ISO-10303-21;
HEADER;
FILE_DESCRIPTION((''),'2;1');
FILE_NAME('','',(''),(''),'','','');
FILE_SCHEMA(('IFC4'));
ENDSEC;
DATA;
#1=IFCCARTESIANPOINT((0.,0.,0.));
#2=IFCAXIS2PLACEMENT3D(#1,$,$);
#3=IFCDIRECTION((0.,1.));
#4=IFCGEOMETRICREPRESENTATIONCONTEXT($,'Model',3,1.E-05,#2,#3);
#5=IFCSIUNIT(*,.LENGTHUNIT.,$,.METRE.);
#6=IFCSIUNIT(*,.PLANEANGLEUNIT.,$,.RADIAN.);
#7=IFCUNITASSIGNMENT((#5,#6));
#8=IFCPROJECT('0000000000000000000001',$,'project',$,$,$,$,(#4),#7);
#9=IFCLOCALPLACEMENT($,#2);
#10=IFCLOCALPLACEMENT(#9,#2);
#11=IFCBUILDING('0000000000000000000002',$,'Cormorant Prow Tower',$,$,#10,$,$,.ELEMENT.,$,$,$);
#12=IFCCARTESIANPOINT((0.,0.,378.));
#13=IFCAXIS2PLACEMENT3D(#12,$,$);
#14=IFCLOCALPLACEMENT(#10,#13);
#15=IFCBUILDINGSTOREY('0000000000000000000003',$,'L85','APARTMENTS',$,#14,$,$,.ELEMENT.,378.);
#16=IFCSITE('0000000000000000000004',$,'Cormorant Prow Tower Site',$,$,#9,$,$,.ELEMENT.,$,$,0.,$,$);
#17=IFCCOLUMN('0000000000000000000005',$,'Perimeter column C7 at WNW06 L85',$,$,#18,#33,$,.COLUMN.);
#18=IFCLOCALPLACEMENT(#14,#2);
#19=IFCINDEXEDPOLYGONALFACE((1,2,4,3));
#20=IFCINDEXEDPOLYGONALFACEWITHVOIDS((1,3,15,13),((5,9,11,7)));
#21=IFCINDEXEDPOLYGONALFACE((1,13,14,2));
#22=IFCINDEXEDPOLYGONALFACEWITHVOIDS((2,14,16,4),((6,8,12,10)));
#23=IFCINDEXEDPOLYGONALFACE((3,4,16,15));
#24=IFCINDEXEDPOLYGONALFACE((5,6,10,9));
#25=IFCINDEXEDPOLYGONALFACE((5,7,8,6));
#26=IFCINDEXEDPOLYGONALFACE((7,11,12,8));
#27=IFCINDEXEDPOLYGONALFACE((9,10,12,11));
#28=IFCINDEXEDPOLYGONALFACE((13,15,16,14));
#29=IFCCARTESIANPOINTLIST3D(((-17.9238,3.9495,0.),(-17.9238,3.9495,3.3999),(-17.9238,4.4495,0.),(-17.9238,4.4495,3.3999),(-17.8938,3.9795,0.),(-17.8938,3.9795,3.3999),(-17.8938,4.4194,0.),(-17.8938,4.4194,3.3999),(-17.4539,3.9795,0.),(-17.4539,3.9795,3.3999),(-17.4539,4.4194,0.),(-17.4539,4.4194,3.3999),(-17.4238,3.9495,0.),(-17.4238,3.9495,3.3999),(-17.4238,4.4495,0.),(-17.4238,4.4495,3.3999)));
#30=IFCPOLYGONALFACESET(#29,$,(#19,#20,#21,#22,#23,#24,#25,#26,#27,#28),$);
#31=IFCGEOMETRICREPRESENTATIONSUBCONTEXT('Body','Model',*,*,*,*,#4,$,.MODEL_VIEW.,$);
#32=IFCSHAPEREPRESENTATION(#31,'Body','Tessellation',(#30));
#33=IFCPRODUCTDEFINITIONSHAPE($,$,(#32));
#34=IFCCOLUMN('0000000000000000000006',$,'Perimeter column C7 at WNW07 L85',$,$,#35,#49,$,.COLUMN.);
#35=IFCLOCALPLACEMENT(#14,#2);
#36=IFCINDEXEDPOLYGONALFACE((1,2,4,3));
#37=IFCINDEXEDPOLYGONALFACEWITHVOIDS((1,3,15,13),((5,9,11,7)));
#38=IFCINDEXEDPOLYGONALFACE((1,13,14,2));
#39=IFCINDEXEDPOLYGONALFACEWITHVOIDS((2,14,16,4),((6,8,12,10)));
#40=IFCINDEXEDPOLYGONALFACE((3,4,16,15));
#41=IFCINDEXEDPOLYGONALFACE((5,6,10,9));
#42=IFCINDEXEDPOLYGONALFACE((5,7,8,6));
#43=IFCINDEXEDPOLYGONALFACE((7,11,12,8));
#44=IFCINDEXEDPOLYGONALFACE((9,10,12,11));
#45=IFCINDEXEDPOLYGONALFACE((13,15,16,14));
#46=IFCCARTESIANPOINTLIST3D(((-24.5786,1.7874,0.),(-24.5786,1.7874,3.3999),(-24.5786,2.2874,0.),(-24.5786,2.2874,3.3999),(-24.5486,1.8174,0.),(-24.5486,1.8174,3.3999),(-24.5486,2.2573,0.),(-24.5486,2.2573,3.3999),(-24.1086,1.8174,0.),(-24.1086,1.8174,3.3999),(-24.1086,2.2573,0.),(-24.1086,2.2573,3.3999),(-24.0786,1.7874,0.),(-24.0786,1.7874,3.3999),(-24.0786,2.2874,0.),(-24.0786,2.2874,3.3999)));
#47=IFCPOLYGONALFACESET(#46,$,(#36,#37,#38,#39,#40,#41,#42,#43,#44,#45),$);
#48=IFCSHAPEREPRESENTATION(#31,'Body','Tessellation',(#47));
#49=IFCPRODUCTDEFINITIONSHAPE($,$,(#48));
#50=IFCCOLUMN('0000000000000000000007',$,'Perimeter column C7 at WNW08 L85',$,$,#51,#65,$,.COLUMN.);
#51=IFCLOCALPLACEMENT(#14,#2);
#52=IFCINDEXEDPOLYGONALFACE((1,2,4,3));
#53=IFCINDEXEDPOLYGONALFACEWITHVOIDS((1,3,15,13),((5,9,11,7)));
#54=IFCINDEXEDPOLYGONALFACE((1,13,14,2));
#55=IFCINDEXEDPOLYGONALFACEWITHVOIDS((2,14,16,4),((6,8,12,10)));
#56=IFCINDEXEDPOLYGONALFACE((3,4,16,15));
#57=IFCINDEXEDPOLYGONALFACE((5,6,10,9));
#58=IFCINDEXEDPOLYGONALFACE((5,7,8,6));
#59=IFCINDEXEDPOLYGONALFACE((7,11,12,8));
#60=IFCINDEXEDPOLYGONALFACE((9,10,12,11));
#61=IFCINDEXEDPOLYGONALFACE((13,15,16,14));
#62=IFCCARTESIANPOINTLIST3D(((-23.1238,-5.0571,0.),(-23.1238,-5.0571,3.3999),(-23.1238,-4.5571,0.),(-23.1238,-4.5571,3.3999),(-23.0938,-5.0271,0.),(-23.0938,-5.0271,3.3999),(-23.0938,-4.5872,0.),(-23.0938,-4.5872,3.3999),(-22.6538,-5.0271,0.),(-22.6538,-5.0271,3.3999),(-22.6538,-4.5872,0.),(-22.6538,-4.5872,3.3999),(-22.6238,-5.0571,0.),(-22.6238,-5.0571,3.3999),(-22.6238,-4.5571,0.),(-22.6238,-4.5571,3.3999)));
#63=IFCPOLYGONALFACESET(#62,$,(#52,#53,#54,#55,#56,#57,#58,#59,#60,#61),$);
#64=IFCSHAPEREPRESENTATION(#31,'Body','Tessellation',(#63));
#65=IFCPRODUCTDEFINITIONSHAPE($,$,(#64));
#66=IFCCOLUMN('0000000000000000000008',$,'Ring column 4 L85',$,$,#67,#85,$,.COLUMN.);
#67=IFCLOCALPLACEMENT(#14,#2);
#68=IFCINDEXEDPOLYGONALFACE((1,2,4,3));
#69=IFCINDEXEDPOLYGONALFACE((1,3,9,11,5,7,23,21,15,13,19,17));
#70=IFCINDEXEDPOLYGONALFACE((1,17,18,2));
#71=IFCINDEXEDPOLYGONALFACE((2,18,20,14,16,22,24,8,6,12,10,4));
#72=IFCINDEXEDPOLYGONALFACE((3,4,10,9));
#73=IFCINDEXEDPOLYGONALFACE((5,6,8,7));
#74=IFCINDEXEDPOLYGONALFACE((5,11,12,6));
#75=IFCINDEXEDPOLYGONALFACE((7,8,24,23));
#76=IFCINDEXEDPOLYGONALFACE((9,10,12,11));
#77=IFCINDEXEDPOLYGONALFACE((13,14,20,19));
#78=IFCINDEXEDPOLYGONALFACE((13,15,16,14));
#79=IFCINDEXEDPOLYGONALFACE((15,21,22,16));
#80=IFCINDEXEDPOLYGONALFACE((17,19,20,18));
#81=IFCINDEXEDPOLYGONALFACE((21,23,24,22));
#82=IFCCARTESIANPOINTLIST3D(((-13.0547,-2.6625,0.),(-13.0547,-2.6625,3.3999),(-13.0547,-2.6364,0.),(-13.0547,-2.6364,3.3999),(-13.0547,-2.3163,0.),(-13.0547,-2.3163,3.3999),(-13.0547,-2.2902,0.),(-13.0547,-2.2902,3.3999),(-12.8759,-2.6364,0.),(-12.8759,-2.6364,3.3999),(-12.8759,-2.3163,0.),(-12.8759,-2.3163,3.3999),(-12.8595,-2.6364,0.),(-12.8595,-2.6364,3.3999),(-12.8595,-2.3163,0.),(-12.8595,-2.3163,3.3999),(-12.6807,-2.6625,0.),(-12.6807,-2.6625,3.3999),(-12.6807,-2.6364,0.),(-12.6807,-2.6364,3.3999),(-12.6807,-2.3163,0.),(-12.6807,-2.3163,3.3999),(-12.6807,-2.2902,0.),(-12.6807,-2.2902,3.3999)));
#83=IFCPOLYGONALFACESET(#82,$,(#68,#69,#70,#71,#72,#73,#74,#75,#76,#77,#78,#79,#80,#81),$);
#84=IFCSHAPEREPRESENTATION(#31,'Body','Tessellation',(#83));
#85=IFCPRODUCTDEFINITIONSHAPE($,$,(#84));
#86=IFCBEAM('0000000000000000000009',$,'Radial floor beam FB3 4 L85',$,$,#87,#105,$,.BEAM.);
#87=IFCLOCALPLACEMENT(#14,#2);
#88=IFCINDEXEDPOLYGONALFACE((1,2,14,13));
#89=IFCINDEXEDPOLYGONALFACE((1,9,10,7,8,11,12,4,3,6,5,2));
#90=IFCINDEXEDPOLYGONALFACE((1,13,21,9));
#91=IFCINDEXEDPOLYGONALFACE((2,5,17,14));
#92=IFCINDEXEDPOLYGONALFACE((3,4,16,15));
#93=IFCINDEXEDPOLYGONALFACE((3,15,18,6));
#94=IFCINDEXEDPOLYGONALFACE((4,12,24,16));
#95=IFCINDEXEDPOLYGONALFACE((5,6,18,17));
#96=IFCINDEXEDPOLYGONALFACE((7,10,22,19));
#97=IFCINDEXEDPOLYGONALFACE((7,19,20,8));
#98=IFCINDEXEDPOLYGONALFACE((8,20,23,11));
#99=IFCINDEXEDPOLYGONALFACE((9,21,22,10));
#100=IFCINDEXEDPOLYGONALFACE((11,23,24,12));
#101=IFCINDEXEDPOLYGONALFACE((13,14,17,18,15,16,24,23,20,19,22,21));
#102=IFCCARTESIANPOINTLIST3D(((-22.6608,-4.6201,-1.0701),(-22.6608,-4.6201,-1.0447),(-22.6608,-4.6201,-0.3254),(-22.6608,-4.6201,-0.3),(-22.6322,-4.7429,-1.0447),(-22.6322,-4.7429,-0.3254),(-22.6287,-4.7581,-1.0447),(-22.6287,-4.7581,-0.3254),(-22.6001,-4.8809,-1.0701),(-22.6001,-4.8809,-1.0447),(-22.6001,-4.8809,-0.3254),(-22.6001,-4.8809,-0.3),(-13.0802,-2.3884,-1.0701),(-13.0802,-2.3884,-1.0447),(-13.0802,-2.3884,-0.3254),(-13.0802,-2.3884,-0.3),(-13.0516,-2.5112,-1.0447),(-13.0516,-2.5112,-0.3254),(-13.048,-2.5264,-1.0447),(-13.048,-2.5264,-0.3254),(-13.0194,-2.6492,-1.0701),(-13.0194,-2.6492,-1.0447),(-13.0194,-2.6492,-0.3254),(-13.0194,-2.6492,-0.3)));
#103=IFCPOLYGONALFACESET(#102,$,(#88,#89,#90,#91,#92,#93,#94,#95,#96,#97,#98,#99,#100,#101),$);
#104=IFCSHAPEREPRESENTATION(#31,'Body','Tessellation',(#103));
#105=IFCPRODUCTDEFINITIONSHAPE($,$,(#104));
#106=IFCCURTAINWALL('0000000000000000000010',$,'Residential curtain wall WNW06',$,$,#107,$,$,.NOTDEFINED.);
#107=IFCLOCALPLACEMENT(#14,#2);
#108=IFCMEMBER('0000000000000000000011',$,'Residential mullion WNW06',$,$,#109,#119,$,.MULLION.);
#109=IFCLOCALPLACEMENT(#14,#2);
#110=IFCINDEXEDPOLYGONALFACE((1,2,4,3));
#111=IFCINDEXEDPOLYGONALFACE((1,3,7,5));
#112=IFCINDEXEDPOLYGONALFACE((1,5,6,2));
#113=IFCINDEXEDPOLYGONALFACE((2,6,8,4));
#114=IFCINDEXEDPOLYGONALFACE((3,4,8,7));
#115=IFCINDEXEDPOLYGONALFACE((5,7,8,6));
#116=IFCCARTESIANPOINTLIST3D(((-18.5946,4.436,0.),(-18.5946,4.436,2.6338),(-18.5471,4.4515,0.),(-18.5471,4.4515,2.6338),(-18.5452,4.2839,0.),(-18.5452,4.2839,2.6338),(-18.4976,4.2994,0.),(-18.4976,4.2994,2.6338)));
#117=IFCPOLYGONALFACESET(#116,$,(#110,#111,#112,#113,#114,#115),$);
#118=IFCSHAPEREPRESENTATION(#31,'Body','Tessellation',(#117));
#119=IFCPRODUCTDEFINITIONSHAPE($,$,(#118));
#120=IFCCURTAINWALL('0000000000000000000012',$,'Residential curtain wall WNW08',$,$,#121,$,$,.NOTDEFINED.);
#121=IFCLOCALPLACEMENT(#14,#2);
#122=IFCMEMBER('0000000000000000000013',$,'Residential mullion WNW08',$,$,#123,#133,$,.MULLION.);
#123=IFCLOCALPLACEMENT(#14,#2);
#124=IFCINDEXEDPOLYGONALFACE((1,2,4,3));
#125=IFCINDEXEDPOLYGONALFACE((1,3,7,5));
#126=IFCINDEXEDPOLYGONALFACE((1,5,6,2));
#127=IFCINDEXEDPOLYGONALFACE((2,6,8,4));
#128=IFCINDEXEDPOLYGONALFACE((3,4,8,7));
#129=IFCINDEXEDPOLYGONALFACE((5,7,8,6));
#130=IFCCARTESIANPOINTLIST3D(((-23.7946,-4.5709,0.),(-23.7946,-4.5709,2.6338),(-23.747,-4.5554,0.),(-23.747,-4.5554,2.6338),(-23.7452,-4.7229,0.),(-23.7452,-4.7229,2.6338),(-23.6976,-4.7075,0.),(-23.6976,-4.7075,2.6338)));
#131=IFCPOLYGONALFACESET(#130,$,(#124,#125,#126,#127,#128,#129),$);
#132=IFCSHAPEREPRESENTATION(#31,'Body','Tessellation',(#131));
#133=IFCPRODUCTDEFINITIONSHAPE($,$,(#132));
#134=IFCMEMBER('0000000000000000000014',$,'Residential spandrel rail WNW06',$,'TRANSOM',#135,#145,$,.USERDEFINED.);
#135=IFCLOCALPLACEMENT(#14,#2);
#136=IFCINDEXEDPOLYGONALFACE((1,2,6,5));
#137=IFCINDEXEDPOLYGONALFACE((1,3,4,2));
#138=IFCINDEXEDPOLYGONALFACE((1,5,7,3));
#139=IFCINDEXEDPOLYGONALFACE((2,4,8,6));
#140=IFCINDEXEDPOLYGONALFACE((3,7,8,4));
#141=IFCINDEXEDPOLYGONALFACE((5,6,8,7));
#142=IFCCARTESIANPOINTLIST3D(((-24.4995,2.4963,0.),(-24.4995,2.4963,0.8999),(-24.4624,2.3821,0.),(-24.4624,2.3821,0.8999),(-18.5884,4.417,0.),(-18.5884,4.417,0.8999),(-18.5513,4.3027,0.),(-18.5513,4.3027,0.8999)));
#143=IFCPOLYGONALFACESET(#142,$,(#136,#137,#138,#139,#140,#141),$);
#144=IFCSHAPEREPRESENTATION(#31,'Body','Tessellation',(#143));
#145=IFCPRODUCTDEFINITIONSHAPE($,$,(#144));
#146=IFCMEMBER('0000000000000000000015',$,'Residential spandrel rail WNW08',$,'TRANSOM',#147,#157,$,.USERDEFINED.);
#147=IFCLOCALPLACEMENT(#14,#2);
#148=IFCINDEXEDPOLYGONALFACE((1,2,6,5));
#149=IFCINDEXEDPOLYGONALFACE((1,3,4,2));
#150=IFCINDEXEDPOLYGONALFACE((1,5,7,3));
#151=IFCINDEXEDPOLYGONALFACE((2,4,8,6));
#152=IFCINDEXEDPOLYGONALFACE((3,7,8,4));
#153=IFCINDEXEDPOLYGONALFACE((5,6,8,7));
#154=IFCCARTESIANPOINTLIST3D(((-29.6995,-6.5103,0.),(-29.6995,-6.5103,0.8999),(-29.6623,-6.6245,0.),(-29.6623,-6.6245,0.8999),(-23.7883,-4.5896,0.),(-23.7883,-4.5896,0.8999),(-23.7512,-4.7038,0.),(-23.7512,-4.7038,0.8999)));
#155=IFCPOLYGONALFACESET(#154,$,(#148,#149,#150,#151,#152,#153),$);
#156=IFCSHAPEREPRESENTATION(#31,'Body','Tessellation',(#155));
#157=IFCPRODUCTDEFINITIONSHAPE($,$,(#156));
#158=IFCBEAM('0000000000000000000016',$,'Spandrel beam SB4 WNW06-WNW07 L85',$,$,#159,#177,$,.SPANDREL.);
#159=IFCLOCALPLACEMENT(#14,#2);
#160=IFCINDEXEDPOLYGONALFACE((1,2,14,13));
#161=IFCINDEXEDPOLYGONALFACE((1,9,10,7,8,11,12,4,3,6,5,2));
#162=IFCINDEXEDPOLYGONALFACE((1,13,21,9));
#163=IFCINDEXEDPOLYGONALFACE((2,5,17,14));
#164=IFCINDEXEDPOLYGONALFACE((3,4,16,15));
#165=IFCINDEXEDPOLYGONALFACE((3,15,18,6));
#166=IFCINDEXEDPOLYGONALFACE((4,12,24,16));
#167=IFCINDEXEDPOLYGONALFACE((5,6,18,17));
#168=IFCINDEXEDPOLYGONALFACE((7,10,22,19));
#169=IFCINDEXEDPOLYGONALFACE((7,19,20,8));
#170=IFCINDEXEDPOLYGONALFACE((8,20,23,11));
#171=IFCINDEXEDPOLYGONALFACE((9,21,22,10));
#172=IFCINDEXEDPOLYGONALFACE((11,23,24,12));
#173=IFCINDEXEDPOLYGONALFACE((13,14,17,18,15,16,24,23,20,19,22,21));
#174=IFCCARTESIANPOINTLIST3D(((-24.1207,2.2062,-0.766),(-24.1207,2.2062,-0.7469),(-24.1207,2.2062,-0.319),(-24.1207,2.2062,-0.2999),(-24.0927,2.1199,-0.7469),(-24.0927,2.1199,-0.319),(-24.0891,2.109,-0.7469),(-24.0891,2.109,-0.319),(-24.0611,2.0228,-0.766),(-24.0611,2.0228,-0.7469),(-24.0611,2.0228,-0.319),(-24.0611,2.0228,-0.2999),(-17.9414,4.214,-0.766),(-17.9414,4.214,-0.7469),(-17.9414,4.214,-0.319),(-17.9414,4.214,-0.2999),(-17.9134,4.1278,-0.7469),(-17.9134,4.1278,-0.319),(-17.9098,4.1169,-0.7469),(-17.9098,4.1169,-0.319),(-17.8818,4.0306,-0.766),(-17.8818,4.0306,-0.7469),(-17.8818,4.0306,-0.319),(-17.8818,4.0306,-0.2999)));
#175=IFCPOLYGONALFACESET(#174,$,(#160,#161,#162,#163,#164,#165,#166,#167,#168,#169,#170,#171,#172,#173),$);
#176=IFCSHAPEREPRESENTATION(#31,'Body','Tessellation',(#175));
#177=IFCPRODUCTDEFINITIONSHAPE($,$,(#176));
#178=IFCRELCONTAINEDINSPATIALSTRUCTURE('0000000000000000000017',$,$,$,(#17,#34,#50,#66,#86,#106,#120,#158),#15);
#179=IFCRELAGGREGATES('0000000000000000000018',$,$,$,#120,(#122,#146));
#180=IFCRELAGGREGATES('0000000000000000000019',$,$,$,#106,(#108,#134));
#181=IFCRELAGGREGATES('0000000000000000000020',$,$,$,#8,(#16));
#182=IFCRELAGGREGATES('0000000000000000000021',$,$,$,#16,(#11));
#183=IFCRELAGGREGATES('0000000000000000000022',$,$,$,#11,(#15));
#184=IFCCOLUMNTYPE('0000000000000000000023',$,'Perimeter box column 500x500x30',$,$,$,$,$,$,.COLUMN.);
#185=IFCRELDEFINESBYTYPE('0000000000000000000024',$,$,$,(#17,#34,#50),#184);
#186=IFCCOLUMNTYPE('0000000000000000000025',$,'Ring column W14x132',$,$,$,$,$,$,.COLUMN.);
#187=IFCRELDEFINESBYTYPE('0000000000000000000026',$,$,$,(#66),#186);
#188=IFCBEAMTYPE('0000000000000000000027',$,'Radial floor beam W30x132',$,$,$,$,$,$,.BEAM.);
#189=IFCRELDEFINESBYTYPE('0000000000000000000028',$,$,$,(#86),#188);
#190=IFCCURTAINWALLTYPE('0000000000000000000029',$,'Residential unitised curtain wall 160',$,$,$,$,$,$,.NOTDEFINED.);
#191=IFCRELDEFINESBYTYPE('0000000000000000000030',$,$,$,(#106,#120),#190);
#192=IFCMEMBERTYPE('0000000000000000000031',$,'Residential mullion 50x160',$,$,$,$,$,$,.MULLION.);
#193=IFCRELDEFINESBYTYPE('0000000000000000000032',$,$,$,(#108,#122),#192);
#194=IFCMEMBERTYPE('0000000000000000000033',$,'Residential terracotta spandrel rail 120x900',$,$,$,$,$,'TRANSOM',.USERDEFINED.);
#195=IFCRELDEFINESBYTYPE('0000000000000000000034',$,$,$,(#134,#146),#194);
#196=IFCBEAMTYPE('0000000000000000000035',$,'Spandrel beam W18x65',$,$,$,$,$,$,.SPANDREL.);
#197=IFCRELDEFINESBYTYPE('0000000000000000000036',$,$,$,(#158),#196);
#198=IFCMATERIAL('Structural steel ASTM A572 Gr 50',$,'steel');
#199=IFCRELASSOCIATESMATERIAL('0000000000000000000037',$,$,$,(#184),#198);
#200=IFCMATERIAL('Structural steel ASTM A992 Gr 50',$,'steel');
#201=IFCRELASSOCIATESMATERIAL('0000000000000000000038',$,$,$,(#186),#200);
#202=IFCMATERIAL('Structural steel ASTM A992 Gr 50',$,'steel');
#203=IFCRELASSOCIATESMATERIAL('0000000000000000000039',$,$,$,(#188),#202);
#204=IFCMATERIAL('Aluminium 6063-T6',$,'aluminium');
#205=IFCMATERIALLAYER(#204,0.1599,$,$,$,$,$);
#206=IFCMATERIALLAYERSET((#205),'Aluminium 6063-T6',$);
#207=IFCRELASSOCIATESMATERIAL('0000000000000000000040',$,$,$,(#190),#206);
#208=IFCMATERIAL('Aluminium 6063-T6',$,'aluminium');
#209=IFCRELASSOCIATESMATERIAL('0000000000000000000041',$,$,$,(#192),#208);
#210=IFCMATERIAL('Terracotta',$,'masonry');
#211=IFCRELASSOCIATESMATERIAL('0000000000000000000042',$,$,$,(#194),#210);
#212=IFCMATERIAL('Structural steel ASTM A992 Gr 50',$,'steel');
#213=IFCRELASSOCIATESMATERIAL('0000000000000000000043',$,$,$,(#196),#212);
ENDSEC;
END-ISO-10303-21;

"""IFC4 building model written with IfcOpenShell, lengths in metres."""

from ifc_helpers import new_model, si_unit, direction, frame, origin, origin_2d, place, context, subcontext, project, spatial, rectangle, hollow_rectangle, i_section, extrude, material, layer, layer_set, material_profile, profile_set, type_object, element, aggregate, save


model = new_model("IFC4")

# Units and contexts
model_context = context("Model", 3, precision=1e-05, world=origin(), true_north=direction((0.0, 1.0)))
body_context = subcontext(model_context, "Body", "Model", "MODEL_VIEW")
ifc_project = project(units=[si_unit("LENGTHUNIT", "METRE"), si_unit("PLANEANGLEUNIT", "RADIAN")], contexts=[model_context])

# Site, building, storey
site_placement = place(None, origin())
site = spatial("IfcSite", under=ifc_project, at=site_placement, Name="Cormorant Prow Tower Site", CompositionType="ELEMENT", RefElevation=0.0)
building_placement = place(site_placement, origin())
building = spatial("IfcBuilding", under=site, at=building_placement, Name="Cormorant Prow Tower", CompositionType="ELEMENT")
storey_placement = place(building_placement, frame((0.0, 0.0, 378.0)))
storey = spatial("IfcBuildingStorey", under=building, at=storey_placement, Name="L85", Description="APARTMENTS", CompositionType="ELEMENT", Elevation=378.0)

# Columns
ifc_material_1 = material(Name="Structural steel ASTM A572 Gr 50", Category="steel")
ifc_material_profile_1 = material_profile(ifc_material_1, hollow_rectangle(XDim=0.5, YDim=0.5, WallThickness=0.03, at=origin_2d()), Name="Box 500x500x30")
ifc_profile_set_1 = profile_set([ifc_material_profile_1], Name="Structural steel ASTM A572 Gr 50")
column_type_1 = type_object("IfcColumnType", Name="Perimeter box column 500x500x30", PredefinedType="COLUMN", material=ifc_profile_set_1)
for number, where, z_axis, x_axis, name in (
    (1, (-17.6738, 4.1995, 0.0), (0.0, 0.0, 1.0), (1.0, 0.0, 0.0), "Perimeter column C7 at WNW06 L85"),
    (2, (-24.3286, 2.0374, 0.0), (0.0, 0.0, 1.0), (1.0, 0.0, 0.0), "Perimeter column C7 at WNW07 L85"),
    (3, (-22.8738, -4.8071, 0.0), (0.0, 0.0, 1.0), (1.0, 0.0, 0.0), "Perimeter column C7 at WNW08 L85"),
):
    element("IfcColumn", number, at=place(storey_placement, frame(where, z_axis=z_axis, x_axis=x_axis)), inside=storey, type_object=column_type_1, Name=name, PredefinedType="COLUMN", context=body_context, shape_type="SweptSolid", body=[
        extrude(hollow_rectangle(XDim=0.5, YDim=0.5, WallThickness=0.03, at=origin_2d()), origin(), (0.0, 0.0, 1.0), 3.3999),
    ])
ifc_material_2 = material(Name="Structural steel ASTM A992 Gr 50", Category="steel")
ifc_material_profile_2 = material_profile(ifc_material_2, i_section(OverallWidth=0.374, OverallDepth=0.3723, WebThickness=0.0164, FlangeThickness=0.0261, at=origin_2d()), Name="W14x132")
ifc_profile_set_2 = profile_set([ifc_material_profile_2], Name="Structural steel ASTM A992 Gr 50")
column_type_2 = type_object("IfcColumnType", Name="Ring column W14x132", PredefinedType="COLUMN", material=ifc_profile_set_2)
column_placement = place(storey_placement, frame((-12.8677, -2.4763, 0.0), z_axis=(0.0, 0.0, 1.0), x_axis=(1.0, 0.0, 0.0)))
element("IfcColumn", 4, at=column_placement, inside=storey, type_object=column_type_2, Name="Ring column 4 L85", PredefinedType="COLUMN", context=body_context, shape_type="SweptSolid", body=[
    extrude(i_section(OverallWidth=0.374, OverallDepth=0.3723, WebThickness=0.0164, FlangeThickness=0.0261, at=origin_2d()), origin(), (0.0, 0.0, 1.0), 3.3999),
])

# Beam
ifc_material_3 = material(Name="Structural steel ASTM A992 Gr 50", Category="steel")
ifc_material_profile_3 = material_profile(ifc_material_3, i_section(OverallWidth=0.2678, OverallDepth=0.77, WebThickness=0.0156, FlangeThickness=0.0254, at=origin_2d()), Name="W30x132")
ifc_profile_set_3 = profile_set([ifc_material_profile_3], Name="Structural steel ASTM A992 Gr 50")
beam_type_1 = type_object("IfcBeamType", Name="Radial floor beam W30x132", PredefinedType="BEAM", material=ifc_profile_set_3)
beam_placement = place(storey_placement, frame((-13.0498, -2.5188, -0.6851), z_axis=(-0.973926, -0.226866, 0.0), x_axis=(0.226866, -0.973926, 0.0)))
element("IfcBeam", 5, at=beam_placement, inside=storey, type_object=beam_type_1, Name="Radial floor beam FB3 4 L85", PredefinedType="BEAM", context=body_context, shape_type="SweptSolid", body=[
    extrude(i_section(OverallWidth=0.2678, OverallDepth=0.77, WebThickness=0.0156, FlangeThickness=0.0254, at=origin_2d()), origin(), (0.0, 0.0, 1.0), 9.8372),
])

# Curtain walls, members
ifc_material_4 = material(Name="Aluminium 6063-T6", Category="aluminium")
ifc_layer_1 = layer(ifc_material_4, 0.1599)
ifc_layer_set_1 = layer_set([ifc_layer_1], Name="Aluminium 6063-T6")
curtain_wall_type = type_object("IfcCurtainWallType", Name="Residential unitised curtain wall 160", PredefinedType="NOTDEFINED", material=ifc_layer_set_1)
curtain_wall_1_placement = place(storey_placement, origin())
curtain_wall_1 = element("IfcCurtainWall", 6, at=curtain_wall_1_placement, inside=storey, type_object=curtain_wall_type, Name="Residential curtain wall WNW06", PredefinedType="NOTDEFINED")
ifc_material_5 = material(Name="Aluminium 6063-T6", Category="aluminium")
ifc_material_profile_4 = material_profile(ifc_material_5, rectangle(XDim=0.1599, YDim=0.05, at=origin_2d()), Name="Residential mullion 50x160")
ifc_profile_set_4 = profile_set([ifc_material_profile_4], Name="Aluminium 6063-T6")
member_type_1 = type_object("IfcMemberType", Name="Residential mullion 50x160", PredefinedType="MULLION", material=ifc_profile_set_4)
member_1_placement = place(storey_placement, frame((-18.5461, 4.3677, 0.0), z_axis=(0.0, 0.0, 1.0), x_axis=(0.309017, -0.951056, 0.0)))
member_1 = element("IfcMember", 7, at=member_1_placement, type_object=member_type_1, Name="Residential mullion WNW06", PredefinedType="MULLION", context=body_context, shape_type="SweptSolid", body=[
    extrude(rectangle(XDim=0.1599, YDim=0.05, at=origin_2d()), origin(), (0.0, 0.0, 1.0), 2.6338),
])
curtain_wall_2_placement = place(storey_placement, origin())
curtain_wall_2 = element("IfcCurtainWall", 8, at=curtain_wall_2_placement, inside=storey, type_object=curtain_wall_type, Name="Residential curtain wall WNW08", PredefinedType="NOTDEFINED")
member_2_placement = place(storey_placement, frame((-23.7461, -4.6392, 0.0), z_axis=(0.0, 0.0, 1.0), x_axis=(0.309017, -0.951056, 0.0)))
member_2 = element("IfcMember", 9, at=member_2_placement, type_object=member_type_1, Name="Residential mullion WNW08", PredefinedType="MULLION", context=body_context, shape_type="SweptSolid", body=[
    extrude(rectangle(XDim=0.1599, YDim=0.05, at=origin_2d()), origin(), (0.0, 0.0, 1.0), 2.6338),
])

# Members
ifc_material_6 = material(Name="Terracotta", Category="masonry")
ifc_material_profile_5 = material_profile(ifc_material_6, rectangle(XDim=0.1201, YDim=0.8999, at=origin_2d()), Name="Residential terracotta spandrel rail 120x900")
ifc_profile_set_5 = profile_set([ifc_material_profile_5], Name="Terracotta")
member_type_2 = type_object("IfcMemberType", Name="Residential terracotta spandrel rail 120x900", ElementType="TRANSOM", PredefinedType="USERDEFINED", material=ifc_profile_set_5)
member_3_placement = place(storey_placement, frame((-18.5698, 4.3599, 0.45), z_axis=(-0.951056, -0.309019, 0.0), x_axis=(0.309019, -0.951056, 0.0)))
member_3 = element("IfcMember", 10, at=member_3_placement, type_object=member_type_2, Name="Residential spandrel rail WNW06", ObjectType="TRANSOM", PredefinedType="USERDEFINED", context=body_context, shape_type="SweptSolid", body=[
    extrude(rectangle(XDim=0.1201, YDim=0.8999, at=origin_2d()), origin(), (0.0, 0.0, 1.0), 6.2153),
])
member_4_placement = place(storey_placement, frame((-23.7698, -4.6467, 0.45), z_axis=(-0.951056, -0.309019, 0.0), x_axis=(0.309019, -0.951056, 0.0)))
member_4 = element("IfcMember", 11, at=member_4_placement, type_object=member_type_2, Name="Residential spandrel rail WNW08", ObjectType="TRANSOM", PredefinedType="USERDEFINED", context=body_context, shape_type="SweptSolid", body=[
    extrude(rectangle(XDim=0.1201, YDim=0.8999, at=origin_2d()), origin(), (0.0, 0.0, 1.0), 6.2153),
])
aggregate(curtain_wall_2, [member_2, member_4])

# Beam
ifc_material_7 = material(Name="Structural steel ASTM A992 Gr 50", Category="steel")
ifc_material_profile_6 = material_profile(ifc_material_7, i_section(OverallWidth=0.1929, OverallDepth=0.4661, WebThickness=0.0115, FlangeThickness=0.019, at=origin_2d()), Name="W18x65")
ifc_profile_set_6 = profile_set([ifc_material_profile_6], Name="Structural steel ASTM A992 Gr 50")
beam_type_2 = type_object("IfcBeamType", Name="Spandrel beam W18x65", PredefinedType="SPANDREL", material=ifc_profile_set_6)
for number, where, z_axis, x_axis, name in (
    (12, (-17.9116, 4.1223, -0.533), (-0.951053, -0.309027, 0.0), (0.309027, -0.951053, 0.0), "Spandrel beam SB4 WNW06-WNW07 L85"),
):
    element("IfcBeam", number, at=place(storey_placement, frame(where, z_axis=z_axis, x_axis=x_axis)), inside=storey, type_object=beam_type_2, Name=name, PredefinedType="SPANDREL", context=body_context, shape_type="SweptSolid", body=[
        extrude(i_section(OverallWidth=0.1929, OverallDepth=0.4661, WebThickness=0.0115, FlangeThickness=0.019, at=origin_2d()), origin(), (0.0, 0.0, 1.0), 6.4973),
    ])

aggregate(curtain_wall_1, [member_1, member_3])

save(model, "model.ifc")
